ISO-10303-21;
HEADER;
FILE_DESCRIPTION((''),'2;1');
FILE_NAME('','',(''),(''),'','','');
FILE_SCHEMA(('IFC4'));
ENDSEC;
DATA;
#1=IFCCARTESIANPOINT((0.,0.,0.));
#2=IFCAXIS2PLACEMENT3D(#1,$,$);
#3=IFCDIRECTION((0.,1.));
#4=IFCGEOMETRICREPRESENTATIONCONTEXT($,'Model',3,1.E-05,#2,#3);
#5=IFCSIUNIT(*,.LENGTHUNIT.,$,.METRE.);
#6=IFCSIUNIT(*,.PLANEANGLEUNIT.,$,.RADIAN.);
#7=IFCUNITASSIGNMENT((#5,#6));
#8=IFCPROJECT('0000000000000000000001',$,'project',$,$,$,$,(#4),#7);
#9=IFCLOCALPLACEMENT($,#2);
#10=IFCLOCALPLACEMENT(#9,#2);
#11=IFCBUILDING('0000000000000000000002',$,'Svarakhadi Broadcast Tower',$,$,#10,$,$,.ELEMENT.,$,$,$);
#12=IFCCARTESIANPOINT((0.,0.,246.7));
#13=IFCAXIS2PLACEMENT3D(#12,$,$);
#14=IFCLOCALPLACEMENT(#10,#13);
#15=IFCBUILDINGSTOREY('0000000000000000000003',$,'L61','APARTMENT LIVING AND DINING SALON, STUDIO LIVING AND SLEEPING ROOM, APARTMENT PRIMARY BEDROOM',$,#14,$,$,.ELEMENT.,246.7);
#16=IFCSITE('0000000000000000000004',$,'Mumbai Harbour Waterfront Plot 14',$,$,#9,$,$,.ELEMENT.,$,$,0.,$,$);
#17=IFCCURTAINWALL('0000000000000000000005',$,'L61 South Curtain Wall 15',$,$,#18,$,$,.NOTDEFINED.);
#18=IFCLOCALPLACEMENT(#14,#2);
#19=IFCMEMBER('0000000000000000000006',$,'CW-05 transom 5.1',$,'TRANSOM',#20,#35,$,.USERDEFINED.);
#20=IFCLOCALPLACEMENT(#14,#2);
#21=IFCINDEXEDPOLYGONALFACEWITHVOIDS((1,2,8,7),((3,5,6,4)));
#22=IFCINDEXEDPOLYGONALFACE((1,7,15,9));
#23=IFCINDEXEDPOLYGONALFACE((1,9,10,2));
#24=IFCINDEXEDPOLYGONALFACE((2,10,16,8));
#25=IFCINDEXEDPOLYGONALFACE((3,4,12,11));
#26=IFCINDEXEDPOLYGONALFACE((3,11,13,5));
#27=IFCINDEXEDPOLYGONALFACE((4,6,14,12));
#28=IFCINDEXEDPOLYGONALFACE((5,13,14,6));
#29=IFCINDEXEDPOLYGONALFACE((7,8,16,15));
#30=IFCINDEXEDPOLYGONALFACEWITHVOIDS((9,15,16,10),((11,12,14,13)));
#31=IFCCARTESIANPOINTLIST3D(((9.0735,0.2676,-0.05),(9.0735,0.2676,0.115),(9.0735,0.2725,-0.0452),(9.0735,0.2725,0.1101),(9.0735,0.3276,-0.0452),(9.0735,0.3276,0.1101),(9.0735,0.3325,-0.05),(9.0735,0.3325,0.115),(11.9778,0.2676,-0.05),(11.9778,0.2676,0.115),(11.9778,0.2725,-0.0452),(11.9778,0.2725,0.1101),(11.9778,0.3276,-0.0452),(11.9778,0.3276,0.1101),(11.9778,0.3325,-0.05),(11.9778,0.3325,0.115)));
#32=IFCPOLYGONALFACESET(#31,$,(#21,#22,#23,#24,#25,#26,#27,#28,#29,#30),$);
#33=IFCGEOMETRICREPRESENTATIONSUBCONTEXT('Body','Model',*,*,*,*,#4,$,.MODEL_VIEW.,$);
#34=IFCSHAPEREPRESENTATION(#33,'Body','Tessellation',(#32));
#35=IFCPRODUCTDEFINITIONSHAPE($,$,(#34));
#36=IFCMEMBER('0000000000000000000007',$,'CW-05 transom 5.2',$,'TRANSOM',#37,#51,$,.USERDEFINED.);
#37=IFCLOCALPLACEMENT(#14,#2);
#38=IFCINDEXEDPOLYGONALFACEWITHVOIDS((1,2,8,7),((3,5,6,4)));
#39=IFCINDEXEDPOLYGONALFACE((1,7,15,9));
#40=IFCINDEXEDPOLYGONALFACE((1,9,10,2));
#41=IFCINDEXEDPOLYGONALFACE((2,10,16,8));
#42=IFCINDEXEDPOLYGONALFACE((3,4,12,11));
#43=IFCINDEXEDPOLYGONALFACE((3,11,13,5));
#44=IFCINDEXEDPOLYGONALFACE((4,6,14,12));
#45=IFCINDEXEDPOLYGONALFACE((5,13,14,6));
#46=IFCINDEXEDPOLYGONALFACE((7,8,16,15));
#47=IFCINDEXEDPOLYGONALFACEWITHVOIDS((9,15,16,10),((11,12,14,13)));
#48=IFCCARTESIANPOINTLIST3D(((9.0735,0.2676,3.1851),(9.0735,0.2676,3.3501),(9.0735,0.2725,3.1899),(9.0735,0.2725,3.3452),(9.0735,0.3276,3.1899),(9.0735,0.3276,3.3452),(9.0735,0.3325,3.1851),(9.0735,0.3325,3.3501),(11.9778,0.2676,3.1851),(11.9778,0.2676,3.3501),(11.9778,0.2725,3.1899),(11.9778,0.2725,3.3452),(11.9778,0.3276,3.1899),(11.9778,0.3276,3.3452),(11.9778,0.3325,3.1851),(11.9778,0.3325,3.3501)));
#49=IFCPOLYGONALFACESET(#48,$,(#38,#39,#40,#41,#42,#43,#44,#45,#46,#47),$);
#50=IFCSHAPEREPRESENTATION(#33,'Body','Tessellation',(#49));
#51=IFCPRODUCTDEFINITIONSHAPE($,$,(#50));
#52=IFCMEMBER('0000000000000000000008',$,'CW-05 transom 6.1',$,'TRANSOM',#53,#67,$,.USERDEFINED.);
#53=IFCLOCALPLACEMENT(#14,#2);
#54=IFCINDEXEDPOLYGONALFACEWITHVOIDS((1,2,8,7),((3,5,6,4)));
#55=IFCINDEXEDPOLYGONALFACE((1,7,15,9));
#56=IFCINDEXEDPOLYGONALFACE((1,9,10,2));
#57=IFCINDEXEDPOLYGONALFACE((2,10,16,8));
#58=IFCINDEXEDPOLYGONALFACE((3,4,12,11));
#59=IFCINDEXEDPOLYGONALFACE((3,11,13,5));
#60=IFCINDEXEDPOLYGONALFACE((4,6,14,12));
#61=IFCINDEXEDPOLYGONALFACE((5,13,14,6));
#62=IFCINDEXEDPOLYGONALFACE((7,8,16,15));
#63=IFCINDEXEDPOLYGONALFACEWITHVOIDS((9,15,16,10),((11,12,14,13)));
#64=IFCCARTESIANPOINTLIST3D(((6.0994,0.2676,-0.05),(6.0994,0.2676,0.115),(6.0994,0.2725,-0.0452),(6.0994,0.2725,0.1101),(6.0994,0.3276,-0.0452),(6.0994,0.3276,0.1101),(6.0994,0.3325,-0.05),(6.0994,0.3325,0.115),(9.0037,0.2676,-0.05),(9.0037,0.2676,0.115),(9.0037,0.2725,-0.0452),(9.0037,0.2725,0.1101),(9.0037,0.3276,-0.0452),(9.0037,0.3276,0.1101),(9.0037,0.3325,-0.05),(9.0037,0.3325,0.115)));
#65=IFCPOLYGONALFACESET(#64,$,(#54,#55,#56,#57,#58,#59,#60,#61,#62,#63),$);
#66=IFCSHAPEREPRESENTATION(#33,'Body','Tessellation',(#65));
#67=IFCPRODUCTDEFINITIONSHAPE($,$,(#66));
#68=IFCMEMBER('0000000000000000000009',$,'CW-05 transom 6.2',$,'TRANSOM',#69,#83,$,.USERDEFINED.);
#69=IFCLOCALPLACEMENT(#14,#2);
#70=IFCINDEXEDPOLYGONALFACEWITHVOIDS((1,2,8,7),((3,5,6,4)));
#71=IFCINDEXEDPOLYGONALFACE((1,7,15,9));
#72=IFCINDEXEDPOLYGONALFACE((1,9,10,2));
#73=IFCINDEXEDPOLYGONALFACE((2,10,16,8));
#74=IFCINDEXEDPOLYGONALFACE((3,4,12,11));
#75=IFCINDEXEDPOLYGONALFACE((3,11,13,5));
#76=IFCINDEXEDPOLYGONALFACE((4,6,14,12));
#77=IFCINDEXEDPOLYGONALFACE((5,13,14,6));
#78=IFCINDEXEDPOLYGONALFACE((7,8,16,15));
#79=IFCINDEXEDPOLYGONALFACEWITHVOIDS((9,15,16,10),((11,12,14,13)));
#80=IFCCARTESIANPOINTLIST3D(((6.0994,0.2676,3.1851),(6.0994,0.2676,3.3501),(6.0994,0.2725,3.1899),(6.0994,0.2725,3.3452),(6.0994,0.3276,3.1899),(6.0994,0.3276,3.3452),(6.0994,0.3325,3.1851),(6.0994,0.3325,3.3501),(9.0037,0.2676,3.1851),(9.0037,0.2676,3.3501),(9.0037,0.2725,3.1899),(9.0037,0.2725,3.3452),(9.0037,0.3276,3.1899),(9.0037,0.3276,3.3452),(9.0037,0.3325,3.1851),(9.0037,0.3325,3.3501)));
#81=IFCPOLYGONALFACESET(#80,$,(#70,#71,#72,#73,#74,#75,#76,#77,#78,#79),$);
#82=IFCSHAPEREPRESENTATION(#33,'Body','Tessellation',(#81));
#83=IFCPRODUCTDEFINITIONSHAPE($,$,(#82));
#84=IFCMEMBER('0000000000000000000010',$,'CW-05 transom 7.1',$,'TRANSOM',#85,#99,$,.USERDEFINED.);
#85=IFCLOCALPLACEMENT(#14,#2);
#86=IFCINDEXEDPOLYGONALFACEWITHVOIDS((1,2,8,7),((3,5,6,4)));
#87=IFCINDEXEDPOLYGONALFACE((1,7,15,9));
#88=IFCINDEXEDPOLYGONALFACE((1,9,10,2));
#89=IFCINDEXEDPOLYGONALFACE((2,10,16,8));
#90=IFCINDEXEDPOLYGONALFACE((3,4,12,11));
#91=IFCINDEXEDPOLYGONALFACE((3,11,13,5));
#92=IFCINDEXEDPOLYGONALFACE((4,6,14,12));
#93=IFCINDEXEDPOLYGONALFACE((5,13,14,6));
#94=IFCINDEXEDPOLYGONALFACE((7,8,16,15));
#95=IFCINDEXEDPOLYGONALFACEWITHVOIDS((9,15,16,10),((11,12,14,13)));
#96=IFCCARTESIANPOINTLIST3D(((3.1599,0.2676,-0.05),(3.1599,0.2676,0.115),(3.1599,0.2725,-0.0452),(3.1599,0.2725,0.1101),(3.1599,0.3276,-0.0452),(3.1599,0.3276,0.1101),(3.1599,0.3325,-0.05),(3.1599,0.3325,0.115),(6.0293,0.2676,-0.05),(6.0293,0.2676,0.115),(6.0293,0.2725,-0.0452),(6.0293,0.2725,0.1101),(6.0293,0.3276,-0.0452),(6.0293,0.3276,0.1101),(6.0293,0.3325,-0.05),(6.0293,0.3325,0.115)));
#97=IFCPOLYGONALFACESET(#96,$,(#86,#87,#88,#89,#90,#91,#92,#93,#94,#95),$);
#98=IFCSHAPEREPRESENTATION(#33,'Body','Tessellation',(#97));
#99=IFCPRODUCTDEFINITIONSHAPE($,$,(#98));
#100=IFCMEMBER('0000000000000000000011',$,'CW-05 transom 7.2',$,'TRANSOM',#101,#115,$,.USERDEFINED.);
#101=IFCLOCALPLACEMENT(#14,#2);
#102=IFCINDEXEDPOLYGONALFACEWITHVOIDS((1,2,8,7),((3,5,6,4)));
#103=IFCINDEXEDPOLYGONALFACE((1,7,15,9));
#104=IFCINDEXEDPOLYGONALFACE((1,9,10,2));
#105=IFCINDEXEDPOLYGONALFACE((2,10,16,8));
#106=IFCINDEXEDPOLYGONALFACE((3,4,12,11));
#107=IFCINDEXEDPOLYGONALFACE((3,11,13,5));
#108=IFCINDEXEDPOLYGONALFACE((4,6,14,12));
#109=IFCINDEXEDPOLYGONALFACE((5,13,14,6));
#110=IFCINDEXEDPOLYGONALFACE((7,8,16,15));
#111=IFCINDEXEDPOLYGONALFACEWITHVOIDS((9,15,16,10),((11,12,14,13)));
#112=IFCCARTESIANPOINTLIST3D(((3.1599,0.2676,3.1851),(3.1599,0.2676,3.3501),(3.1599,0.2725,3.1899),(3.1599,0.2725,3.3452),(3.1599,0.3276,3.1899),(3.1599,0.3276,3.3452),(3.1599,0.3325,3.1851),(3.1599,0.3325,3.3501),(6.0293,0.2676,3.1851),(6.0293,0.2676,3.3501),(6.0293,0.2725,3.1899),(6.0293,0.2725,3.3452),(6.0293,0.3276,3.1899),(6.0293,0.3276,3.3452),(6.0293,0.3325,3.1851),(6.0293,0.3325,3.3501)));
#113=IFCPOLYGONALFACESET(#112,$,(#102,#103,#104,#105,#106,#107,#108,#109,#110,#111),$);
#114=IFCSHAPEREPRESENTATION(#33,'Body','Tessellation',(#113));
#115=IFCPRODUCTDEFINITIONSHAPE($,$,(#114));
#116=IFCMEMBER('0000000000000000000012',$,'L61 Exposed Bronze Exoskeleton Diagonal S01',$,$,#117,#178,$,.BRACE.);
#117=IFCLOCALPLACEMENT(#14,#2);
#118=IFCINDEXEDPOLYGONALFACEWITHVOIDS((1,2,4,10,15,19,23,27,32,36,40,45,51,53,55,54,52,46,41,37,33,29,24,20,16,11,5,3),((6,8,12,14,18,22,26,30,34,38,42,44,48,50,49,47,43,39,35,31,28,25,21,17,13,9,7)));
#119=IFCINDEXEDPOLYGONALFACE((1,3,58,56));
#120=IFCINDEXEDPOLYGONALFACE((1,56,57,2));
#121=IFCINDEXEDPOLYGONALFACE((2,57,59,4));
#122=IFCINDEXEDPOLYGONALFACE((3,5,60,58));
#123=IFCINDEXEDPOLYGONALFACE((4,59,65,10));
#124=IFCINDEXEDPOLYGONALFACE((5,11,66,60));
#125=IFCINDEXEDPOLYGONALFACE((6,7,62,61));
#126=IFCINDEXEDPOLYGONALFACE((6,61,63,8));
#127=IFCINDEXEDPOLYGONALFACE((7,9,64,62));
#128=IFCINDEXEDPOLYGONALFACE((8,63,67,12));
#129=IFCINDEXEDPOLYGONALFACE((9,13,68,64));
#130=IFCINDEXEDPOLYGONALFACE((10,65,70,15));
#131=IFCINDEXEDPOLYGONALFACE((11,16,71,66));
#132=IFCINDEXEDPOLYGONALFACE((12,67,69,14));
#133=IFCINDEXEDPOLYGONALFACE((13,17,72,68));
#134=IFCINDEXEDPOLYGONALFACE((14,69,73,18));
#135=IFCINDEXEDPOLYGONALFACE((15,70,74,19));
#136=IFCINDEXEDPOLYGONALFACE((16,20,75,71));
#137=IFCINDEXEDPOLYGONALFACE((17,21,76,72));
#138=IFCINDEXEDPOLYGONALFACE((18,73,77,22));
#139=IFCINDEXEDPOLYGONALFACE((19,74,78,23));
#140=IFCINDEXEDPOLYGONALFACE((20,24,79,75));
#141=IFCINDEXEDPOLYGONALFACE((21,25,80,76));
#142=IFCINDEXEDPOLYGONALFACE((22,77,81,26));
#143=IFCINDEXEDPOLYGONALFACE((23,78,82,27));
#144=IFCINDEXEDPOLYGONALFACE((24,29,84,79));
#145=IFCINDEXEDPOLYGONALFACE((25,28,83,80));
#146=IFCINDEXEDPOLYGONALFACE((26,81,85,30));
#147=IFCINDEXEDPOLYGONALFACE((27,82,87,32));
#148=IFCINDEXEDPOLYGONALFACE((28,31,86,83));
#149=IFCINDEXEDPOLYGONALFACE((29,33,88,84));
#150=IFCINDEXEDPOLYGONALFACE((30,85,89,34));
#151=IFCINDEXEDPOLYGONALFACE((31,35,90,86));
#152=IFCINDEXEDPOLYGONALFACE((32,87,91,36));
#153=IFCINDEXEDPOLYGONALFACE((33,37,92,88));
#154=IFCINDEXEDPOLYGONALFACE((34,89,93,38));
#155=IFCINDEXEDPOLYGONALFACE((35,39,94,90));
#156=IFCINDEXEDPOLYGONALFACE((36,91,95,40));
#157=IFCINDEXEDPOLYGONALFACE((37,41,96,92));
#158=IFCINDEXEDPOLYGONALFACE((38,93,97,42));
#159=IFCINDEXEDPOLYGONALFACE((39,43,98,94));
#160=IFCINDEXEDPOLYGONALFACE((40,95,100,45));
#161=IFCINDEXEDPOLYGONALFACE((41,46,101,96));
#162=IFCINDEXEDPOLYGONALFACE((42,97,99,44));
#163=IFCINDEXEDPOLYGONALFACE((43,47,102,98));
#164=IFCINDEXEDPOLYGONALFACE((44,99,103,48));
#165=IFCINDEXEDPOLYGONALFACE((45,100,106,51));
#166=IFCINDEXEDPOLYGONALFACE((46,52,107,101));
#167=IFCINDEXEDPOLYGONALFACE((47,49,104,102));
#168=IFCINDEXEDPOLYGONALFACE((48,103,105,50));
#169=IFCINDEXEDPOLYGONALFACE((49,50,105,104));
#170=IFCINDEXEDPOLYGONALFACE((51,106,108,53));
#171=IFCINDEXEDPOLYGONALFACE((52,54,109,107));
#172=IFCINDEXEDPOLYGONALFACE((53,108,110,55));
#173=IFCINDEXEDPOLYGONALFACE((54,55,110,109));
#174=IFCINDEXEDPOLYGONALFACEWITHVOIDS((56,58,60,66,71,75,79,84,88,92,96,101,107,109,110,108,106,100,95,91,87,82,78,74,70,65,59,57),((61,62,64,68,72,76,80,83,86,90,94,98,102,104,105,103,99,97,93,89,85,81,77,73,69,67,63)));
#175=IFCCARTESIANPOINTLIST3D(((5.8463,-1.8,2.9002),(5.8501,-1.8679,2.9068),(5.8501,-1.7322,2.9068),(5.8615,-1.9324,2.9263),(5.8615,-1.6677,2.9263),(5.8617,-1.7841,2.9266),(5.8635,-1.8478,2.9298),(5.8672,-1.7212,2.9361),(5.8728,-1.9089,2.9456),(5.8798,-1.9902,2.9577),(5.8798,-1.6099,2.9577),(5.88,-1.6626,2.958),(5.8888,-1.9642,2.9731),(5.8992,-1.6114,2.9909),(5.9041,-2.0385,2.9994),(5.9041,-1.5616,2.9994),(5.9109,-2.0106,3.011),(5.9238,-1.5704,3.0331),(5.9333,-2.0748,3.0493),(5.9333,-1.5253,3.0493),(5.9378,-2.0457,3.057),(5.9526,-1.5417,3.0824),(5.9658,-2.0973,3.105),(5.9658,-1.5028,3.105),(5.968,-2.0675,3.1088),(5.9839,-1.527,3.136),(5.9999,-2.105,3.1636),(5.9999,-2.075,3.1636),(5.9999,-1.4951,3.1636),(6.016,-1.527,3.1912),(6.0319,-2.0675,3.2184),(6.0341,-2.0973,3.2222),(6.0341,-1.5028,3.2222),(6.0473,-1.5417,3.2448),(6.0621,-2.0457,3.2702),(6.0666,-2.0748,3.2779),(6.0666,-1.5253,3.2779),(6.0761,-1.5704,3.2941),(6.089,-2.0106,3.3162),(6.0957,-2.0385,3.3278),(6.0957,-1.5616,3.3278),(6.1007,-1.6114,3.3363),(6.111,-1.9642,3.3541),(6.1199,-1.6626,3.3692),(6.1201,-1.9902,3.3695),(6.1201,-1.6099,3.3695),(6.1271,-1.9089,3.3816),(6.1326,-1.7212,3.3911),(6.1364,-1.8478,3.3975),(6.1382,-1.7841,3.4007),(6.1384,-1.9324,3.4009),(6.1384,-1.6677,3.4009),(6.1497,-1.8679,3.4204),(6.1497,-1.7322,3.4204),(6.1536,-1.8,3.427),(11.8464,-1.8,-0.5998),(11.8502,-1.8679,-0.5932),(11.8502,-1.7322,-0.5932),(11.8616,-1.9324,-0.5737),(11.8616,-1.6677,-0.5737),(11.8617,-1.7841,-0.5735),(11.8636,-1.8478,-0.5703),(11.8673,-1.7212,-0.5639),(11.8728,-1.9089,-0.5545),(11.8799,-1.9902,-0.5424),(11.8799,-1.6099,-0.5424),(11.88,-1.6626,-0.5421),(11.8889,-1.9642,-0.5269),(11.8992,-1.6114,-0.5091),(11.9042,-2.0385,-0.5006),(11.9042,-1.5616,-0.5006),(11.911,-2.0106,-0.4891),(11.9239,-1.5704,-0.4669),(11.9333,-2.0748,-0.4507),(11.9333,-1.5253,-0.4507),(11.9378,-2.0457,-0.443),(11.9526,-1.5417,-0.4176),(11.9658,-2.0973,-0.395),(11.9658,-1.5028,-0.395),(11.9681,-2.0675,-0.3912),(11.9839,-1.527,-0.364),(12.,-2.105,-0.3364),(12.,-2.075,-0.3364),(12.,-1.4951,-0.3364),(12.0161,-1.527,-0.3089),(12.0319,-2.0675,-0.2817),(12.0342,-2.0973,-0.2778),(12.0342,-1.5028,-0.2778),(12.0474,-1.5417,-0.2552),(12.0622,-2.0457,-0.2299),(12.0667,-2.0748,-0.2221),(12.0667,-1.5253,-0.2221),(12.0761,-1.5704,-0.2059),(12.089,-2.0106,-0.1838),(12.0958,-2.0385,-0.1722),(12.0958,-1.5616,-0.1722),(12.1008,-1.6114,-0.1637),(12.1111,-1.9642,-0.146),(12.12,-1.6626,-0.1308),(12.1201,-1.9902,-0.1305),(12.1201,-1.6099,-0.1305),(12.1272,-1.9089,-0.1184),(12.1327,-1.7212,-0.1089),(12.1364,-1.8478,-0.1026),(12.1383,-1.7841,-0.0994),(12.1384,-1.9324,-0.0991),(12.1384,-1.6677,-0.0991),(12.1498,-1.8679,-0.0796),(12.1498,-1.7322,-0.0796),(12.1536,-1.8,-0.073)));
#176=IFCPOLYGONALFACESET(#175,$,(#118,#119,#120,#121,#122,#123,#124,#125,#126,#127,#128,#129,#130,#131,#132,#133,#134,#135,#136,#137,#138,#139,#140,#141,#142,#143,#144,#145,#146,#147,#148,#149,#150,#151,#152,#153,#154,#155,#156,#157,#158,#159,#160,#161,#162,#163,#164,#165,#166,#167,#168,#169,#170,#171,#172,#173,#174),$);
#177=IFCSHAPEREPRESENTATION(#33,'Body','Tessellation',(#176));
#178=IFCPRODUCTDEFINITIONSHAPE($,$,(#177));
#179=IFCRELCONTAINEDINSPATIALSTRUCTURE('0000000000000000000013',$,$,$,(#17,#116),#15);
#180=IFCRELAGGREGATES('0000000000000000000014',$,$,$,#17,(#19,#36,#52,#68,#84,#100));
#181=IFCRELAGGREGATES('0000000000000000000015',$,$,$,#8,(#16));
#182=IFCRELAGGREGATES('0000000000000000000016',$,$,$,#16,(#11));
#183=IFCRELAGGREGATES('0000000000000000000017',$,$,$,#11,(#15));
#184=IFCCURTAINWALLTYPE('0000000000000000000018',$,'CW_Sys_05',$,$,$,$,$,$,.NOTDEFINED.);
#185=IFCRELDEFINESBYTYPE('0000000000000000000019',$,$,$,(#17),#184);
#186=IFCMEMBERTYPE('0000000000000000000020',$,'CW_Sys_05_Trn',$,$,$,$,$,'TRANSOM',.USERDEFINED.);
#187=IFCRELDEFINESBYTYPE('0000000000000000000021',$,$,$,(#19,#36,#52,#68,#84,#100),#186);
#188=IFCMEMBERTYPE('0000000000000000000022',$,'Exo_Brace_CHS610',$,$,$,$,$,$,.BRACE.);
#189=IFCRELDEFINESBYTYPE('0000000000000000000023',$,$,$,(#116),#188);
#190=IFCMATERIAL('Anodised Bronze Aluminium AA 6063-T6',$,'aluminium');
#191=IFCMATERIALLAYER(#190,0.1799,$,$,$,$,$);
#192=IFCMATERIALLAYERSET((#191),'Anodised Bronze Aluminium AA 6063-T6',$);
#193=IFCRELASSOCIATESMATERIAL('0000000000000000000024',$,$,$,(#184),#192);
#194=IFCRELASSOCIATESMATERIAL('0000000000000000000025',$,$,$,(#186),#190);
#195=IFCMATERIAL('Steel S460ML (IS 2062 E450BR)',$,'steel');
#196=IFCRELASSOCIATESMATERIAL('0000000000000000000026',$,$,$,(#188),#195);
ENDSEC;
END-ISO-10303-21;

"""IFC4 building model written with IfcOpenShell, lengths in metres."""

from ifc_helpers import new_model, si_unit, direction, frame, origin, origin_2d, place, context, subcontext, project, spatial, hollow_rectangle, hollow_circle, extrude, material, layer, layer_set, material_profile, profile_set, type_object, element, aggregate, save


model = new_model("IFC4")

# Units and contexts
model_context = context("Model", 3, precision=1e-05, world=origin(), true_north=direction((0.0, 1.0)))
body_context = subcontext(model_context, "Body", "Model", "MODEL_VIEW")
ifc_project = project(units=[si_unit("LENGTHUNIT", "METRE"), si_unit("PLANEANGLEUNIT", "RADIAN")], contexts=[model_context])

# Site, building, storey
site_placement = place(None, origin())
site = spatial("IfcSite", under=ifc_project, at=site_placement, Name="Mumbai Harbour Waterfront Plot 14", CompositionType="ELEMENT", RefElevation=0.0)
building_placement = place(site_placement, origin())
building = spatial("IfcBuilding", under=site, at=building_placement, Name="Svarakhadi Broadcast Tower", CompositionType="ELEMENT")
storey_placement = place(building_placement, frame((0.0, 0.0, 246.7)))
storey = spatial("IfcBuildingStorey", under=building, at=storey_placement, Name="L61", Description="APARTMENT LIVING AND DINING SALON, STUDIO LIVING AND SLEEPING ROOM, APARTMENT PRIMARY BEDROOM", CompositionType="ELEMENT", Elevation=246.7)

# Shared definitions
ifc_material_1 = material(Name="Steel S460ML (IS 2062 E450BR)", Category="steel")

# Curtain wall, members
ifc_material_2 = material(Name="Anodised Bronze Aluminium AA 6063-T6", Category="aluminium")
ifc_layer_1 = layer(ifc_material_2, 0.1799)
ifc_layer_set_1 = layer_set([ifc_layer_1], Name="Anodised Bronze Aluminium AA 6063-T6")
curtain_wall_type = type_object("IfcCurtainWallType", Name="CW_Sys_05", PredefinedType="NOTDEFINED", material=ifc_layer_set_1)
curtain_wall_placement = place(storey_placement, origin())
curtain_wall = element("IfcCurtainWall", 1, at=curtain_wall_placement, inside=storey, type_object=curtain_wall_type, Name="L61 South Curtain Wall 15", PredefinedType="NOTDEFINED")
ifc_material_profile_1 = material_profile(ifc_material_2, hollow_rectangle(XDim=0.0649, YDim=0.165, WallThickness=0.0049, at=origin_2d()), Name="ALU TRANSOM 165x65x5")
ifc_profile_set_1 = profile_set([ifc_material_profile_1], Name="Anodised Bronze Aluminium AA 6063-T6")
member_type_1 = type_object("IfcMemberType", Name="CW_Sys_05_Trn", ElementType="TRANSOM", PredefinedType="USERDEFINED", material=ifc_profile_set_1)
member_1_placement = place(storey_placement, frame((11.9778, 0.3, 0.0325), z_axis=(-1.0, 0.0, 0.0), x_axis=(0.0, -1.0, 0.0)))
member_1 = element("IfcMember", 2, at=member_1_placement, type_object=member_type_1, Name="CW-05 transom 5.1", ObjectType="TRANSOM", PredefinedType="USERDEFINED", context=body_context, shape_type="SweptSolid", body=[
    extrude(hollow_rectangle(XDim=0.0649, YDim=0.165, WallThickness=0.0049, at=origin_2d()), origin(), (0.0, 0.0, 1.0), 2.9043),
])
member_2_placement = place(storey_placement, frame((11.9778, 0.3, 3.2676), z_axis=(-1.0, 0.0, 0.0), x_axis=(0.0, -1.0, 0.0)))
member_2 = element("IfcMember", 3, at=member_2_placement, type_object=member_type_1, Name="CW-05 transom 5.2", ObjectType="TRANSOM", PredefinedType="USERDEFINED", context=body_context, shape_type="SweptSolid", body=[
    extrude(hollow_rectangle(XDim=0.0649, YDim=0.165, WallThickness=0.0049, at=origin_2d()), origin(), (0.0, 0.0, 1.0), 2.9043),
])
member_3_placement = place(storey_placement, frame((9.0037, 0.3, 0.0325), z_axis=(-1.0, 0.0, 0.0), x_axis=(0.0, -1.0, 0.0)))
member_3 = element("IfcMember", 4, at=member_3_placement, type_object=member_type_1, Name="CW-05 transom 6.1", ObjectType="TRANSOM", PredefinedType="USERDEFINED", context=body_context, shape_type="SweptSolid", body=[
    extrude(hollow_rectangle(XDim=0.0649, YDim=0.165, WallThickness=0.0049, at=origin_2d()), origin(), (0.0, 0.0, 1.0), 2.9043),
])
member_4_placement = place(storey_placement, frame((9.0037, 0.3, 3.2676), z_axis=(-1.0, 0.0, 0.0), x_axis=(0.0, -1.0, 0.0)))
member_4 = element("IfcMember", 5, at=member_4_placement, type_object=member_type_1, Name="CW-05 transom 6.2", ObjectType="TRANSOM", PredefinedType="USERDEFINED", context=body_context, shape_type="SweptSolid", body=[
    extrude(hollow_rectangle(XDim=0.0649, YDim=0.165, WallThickness=0.0049, at=origin_2d()), origin(), (0.0, 0.0, 1.0), 2.9043),
])
member_5_placement = place(storey_placement, frame((6.0293, 0.3, 0.0325), z_axis=(-1.0, 0.0, 0.0), x_axis=(0.0, -1.0, 0.0)))
member_5 = element("IfcMember", 6, at=member_5_placement, type_object=member_type_1, Name="CW-05 transom 7.1", ObjectType="TRANSOM", PredefinedType="USERDEFINED", context=body_context, shape_type="SweptSolid", body=[
    extrude(hollow_rectangle(XDim=0.0649, YDim=0.165, WallThickness=0.0049, at=origin_2d()), origin(), (0.0, 0.0, 1.0), 2.8694),
])
member_6_placement = place(storey_placement, frame((6.0293, 0.3, 3.2676), z_axis=(-1.0, 0.0, 0.0), x_axis=(0.0, -1.0, 0.0)))
member_6 = element("IfcMember", 7, at=member_6_placement, type_object=member_type_1, Name="CW-05 transom 7.2", ObjectType="TRANSOM", PredefinedType="USERDEFINED", context=body_context, shape_type="SweptSolid", body=[
    extrude(hollow_rectangle(XDim=0.0649, YDim=0.165, WallThickness=0.0049, at=origin_2d()), origin(), (0.0, 0.0, 1.0), 2.8694),
])

# Member
ifc_material_profile_2 = material_profile(ifc_material_1, hollow_circle(Radius=0.3049, WallThickness=0.03, at=origin_2d()), Name="CHS 610x30")
ifc_profile_set_2 = profile_set([ifc_material_profile_2], Name="Steel S460ML (IS 2062 E450BR)")
member_type_2 = type_object("IfcMemberType", Name="Exo_Brace_CHS610", PredefinedType="BRACE", material=ifc_profile_set_2)
for number, where, z_axis, x_axis, name in (
    (8, (12.0, -1.8, -0.3364), (-0.863779, 0.0, 0.503871), (0.0, -1.0, 0.0), "L61 Exposed Bronze Exoskeleton Diagonal S01"),
):
    element("IfcMember", number, at=place(storey_placement, frame(where, z_axis=z_axis, x_axis=x_axis)), inside=storey, type_object=member_type_2, Name=name, PredefinedType="BRACE", context=body_context, shape_type="SweptSolid", body=[
        extrude(hollow_circle(Radius=0.3049, WallThickness=0.03, at=origin_2d()), origin(), (0.0, 0.0, 1.0), 6.9463),
    ])

aggregate(curtain_wall, [member_1, member_2, member_3, member_4, member_5, member_6])

save(model, "model.ifc")
